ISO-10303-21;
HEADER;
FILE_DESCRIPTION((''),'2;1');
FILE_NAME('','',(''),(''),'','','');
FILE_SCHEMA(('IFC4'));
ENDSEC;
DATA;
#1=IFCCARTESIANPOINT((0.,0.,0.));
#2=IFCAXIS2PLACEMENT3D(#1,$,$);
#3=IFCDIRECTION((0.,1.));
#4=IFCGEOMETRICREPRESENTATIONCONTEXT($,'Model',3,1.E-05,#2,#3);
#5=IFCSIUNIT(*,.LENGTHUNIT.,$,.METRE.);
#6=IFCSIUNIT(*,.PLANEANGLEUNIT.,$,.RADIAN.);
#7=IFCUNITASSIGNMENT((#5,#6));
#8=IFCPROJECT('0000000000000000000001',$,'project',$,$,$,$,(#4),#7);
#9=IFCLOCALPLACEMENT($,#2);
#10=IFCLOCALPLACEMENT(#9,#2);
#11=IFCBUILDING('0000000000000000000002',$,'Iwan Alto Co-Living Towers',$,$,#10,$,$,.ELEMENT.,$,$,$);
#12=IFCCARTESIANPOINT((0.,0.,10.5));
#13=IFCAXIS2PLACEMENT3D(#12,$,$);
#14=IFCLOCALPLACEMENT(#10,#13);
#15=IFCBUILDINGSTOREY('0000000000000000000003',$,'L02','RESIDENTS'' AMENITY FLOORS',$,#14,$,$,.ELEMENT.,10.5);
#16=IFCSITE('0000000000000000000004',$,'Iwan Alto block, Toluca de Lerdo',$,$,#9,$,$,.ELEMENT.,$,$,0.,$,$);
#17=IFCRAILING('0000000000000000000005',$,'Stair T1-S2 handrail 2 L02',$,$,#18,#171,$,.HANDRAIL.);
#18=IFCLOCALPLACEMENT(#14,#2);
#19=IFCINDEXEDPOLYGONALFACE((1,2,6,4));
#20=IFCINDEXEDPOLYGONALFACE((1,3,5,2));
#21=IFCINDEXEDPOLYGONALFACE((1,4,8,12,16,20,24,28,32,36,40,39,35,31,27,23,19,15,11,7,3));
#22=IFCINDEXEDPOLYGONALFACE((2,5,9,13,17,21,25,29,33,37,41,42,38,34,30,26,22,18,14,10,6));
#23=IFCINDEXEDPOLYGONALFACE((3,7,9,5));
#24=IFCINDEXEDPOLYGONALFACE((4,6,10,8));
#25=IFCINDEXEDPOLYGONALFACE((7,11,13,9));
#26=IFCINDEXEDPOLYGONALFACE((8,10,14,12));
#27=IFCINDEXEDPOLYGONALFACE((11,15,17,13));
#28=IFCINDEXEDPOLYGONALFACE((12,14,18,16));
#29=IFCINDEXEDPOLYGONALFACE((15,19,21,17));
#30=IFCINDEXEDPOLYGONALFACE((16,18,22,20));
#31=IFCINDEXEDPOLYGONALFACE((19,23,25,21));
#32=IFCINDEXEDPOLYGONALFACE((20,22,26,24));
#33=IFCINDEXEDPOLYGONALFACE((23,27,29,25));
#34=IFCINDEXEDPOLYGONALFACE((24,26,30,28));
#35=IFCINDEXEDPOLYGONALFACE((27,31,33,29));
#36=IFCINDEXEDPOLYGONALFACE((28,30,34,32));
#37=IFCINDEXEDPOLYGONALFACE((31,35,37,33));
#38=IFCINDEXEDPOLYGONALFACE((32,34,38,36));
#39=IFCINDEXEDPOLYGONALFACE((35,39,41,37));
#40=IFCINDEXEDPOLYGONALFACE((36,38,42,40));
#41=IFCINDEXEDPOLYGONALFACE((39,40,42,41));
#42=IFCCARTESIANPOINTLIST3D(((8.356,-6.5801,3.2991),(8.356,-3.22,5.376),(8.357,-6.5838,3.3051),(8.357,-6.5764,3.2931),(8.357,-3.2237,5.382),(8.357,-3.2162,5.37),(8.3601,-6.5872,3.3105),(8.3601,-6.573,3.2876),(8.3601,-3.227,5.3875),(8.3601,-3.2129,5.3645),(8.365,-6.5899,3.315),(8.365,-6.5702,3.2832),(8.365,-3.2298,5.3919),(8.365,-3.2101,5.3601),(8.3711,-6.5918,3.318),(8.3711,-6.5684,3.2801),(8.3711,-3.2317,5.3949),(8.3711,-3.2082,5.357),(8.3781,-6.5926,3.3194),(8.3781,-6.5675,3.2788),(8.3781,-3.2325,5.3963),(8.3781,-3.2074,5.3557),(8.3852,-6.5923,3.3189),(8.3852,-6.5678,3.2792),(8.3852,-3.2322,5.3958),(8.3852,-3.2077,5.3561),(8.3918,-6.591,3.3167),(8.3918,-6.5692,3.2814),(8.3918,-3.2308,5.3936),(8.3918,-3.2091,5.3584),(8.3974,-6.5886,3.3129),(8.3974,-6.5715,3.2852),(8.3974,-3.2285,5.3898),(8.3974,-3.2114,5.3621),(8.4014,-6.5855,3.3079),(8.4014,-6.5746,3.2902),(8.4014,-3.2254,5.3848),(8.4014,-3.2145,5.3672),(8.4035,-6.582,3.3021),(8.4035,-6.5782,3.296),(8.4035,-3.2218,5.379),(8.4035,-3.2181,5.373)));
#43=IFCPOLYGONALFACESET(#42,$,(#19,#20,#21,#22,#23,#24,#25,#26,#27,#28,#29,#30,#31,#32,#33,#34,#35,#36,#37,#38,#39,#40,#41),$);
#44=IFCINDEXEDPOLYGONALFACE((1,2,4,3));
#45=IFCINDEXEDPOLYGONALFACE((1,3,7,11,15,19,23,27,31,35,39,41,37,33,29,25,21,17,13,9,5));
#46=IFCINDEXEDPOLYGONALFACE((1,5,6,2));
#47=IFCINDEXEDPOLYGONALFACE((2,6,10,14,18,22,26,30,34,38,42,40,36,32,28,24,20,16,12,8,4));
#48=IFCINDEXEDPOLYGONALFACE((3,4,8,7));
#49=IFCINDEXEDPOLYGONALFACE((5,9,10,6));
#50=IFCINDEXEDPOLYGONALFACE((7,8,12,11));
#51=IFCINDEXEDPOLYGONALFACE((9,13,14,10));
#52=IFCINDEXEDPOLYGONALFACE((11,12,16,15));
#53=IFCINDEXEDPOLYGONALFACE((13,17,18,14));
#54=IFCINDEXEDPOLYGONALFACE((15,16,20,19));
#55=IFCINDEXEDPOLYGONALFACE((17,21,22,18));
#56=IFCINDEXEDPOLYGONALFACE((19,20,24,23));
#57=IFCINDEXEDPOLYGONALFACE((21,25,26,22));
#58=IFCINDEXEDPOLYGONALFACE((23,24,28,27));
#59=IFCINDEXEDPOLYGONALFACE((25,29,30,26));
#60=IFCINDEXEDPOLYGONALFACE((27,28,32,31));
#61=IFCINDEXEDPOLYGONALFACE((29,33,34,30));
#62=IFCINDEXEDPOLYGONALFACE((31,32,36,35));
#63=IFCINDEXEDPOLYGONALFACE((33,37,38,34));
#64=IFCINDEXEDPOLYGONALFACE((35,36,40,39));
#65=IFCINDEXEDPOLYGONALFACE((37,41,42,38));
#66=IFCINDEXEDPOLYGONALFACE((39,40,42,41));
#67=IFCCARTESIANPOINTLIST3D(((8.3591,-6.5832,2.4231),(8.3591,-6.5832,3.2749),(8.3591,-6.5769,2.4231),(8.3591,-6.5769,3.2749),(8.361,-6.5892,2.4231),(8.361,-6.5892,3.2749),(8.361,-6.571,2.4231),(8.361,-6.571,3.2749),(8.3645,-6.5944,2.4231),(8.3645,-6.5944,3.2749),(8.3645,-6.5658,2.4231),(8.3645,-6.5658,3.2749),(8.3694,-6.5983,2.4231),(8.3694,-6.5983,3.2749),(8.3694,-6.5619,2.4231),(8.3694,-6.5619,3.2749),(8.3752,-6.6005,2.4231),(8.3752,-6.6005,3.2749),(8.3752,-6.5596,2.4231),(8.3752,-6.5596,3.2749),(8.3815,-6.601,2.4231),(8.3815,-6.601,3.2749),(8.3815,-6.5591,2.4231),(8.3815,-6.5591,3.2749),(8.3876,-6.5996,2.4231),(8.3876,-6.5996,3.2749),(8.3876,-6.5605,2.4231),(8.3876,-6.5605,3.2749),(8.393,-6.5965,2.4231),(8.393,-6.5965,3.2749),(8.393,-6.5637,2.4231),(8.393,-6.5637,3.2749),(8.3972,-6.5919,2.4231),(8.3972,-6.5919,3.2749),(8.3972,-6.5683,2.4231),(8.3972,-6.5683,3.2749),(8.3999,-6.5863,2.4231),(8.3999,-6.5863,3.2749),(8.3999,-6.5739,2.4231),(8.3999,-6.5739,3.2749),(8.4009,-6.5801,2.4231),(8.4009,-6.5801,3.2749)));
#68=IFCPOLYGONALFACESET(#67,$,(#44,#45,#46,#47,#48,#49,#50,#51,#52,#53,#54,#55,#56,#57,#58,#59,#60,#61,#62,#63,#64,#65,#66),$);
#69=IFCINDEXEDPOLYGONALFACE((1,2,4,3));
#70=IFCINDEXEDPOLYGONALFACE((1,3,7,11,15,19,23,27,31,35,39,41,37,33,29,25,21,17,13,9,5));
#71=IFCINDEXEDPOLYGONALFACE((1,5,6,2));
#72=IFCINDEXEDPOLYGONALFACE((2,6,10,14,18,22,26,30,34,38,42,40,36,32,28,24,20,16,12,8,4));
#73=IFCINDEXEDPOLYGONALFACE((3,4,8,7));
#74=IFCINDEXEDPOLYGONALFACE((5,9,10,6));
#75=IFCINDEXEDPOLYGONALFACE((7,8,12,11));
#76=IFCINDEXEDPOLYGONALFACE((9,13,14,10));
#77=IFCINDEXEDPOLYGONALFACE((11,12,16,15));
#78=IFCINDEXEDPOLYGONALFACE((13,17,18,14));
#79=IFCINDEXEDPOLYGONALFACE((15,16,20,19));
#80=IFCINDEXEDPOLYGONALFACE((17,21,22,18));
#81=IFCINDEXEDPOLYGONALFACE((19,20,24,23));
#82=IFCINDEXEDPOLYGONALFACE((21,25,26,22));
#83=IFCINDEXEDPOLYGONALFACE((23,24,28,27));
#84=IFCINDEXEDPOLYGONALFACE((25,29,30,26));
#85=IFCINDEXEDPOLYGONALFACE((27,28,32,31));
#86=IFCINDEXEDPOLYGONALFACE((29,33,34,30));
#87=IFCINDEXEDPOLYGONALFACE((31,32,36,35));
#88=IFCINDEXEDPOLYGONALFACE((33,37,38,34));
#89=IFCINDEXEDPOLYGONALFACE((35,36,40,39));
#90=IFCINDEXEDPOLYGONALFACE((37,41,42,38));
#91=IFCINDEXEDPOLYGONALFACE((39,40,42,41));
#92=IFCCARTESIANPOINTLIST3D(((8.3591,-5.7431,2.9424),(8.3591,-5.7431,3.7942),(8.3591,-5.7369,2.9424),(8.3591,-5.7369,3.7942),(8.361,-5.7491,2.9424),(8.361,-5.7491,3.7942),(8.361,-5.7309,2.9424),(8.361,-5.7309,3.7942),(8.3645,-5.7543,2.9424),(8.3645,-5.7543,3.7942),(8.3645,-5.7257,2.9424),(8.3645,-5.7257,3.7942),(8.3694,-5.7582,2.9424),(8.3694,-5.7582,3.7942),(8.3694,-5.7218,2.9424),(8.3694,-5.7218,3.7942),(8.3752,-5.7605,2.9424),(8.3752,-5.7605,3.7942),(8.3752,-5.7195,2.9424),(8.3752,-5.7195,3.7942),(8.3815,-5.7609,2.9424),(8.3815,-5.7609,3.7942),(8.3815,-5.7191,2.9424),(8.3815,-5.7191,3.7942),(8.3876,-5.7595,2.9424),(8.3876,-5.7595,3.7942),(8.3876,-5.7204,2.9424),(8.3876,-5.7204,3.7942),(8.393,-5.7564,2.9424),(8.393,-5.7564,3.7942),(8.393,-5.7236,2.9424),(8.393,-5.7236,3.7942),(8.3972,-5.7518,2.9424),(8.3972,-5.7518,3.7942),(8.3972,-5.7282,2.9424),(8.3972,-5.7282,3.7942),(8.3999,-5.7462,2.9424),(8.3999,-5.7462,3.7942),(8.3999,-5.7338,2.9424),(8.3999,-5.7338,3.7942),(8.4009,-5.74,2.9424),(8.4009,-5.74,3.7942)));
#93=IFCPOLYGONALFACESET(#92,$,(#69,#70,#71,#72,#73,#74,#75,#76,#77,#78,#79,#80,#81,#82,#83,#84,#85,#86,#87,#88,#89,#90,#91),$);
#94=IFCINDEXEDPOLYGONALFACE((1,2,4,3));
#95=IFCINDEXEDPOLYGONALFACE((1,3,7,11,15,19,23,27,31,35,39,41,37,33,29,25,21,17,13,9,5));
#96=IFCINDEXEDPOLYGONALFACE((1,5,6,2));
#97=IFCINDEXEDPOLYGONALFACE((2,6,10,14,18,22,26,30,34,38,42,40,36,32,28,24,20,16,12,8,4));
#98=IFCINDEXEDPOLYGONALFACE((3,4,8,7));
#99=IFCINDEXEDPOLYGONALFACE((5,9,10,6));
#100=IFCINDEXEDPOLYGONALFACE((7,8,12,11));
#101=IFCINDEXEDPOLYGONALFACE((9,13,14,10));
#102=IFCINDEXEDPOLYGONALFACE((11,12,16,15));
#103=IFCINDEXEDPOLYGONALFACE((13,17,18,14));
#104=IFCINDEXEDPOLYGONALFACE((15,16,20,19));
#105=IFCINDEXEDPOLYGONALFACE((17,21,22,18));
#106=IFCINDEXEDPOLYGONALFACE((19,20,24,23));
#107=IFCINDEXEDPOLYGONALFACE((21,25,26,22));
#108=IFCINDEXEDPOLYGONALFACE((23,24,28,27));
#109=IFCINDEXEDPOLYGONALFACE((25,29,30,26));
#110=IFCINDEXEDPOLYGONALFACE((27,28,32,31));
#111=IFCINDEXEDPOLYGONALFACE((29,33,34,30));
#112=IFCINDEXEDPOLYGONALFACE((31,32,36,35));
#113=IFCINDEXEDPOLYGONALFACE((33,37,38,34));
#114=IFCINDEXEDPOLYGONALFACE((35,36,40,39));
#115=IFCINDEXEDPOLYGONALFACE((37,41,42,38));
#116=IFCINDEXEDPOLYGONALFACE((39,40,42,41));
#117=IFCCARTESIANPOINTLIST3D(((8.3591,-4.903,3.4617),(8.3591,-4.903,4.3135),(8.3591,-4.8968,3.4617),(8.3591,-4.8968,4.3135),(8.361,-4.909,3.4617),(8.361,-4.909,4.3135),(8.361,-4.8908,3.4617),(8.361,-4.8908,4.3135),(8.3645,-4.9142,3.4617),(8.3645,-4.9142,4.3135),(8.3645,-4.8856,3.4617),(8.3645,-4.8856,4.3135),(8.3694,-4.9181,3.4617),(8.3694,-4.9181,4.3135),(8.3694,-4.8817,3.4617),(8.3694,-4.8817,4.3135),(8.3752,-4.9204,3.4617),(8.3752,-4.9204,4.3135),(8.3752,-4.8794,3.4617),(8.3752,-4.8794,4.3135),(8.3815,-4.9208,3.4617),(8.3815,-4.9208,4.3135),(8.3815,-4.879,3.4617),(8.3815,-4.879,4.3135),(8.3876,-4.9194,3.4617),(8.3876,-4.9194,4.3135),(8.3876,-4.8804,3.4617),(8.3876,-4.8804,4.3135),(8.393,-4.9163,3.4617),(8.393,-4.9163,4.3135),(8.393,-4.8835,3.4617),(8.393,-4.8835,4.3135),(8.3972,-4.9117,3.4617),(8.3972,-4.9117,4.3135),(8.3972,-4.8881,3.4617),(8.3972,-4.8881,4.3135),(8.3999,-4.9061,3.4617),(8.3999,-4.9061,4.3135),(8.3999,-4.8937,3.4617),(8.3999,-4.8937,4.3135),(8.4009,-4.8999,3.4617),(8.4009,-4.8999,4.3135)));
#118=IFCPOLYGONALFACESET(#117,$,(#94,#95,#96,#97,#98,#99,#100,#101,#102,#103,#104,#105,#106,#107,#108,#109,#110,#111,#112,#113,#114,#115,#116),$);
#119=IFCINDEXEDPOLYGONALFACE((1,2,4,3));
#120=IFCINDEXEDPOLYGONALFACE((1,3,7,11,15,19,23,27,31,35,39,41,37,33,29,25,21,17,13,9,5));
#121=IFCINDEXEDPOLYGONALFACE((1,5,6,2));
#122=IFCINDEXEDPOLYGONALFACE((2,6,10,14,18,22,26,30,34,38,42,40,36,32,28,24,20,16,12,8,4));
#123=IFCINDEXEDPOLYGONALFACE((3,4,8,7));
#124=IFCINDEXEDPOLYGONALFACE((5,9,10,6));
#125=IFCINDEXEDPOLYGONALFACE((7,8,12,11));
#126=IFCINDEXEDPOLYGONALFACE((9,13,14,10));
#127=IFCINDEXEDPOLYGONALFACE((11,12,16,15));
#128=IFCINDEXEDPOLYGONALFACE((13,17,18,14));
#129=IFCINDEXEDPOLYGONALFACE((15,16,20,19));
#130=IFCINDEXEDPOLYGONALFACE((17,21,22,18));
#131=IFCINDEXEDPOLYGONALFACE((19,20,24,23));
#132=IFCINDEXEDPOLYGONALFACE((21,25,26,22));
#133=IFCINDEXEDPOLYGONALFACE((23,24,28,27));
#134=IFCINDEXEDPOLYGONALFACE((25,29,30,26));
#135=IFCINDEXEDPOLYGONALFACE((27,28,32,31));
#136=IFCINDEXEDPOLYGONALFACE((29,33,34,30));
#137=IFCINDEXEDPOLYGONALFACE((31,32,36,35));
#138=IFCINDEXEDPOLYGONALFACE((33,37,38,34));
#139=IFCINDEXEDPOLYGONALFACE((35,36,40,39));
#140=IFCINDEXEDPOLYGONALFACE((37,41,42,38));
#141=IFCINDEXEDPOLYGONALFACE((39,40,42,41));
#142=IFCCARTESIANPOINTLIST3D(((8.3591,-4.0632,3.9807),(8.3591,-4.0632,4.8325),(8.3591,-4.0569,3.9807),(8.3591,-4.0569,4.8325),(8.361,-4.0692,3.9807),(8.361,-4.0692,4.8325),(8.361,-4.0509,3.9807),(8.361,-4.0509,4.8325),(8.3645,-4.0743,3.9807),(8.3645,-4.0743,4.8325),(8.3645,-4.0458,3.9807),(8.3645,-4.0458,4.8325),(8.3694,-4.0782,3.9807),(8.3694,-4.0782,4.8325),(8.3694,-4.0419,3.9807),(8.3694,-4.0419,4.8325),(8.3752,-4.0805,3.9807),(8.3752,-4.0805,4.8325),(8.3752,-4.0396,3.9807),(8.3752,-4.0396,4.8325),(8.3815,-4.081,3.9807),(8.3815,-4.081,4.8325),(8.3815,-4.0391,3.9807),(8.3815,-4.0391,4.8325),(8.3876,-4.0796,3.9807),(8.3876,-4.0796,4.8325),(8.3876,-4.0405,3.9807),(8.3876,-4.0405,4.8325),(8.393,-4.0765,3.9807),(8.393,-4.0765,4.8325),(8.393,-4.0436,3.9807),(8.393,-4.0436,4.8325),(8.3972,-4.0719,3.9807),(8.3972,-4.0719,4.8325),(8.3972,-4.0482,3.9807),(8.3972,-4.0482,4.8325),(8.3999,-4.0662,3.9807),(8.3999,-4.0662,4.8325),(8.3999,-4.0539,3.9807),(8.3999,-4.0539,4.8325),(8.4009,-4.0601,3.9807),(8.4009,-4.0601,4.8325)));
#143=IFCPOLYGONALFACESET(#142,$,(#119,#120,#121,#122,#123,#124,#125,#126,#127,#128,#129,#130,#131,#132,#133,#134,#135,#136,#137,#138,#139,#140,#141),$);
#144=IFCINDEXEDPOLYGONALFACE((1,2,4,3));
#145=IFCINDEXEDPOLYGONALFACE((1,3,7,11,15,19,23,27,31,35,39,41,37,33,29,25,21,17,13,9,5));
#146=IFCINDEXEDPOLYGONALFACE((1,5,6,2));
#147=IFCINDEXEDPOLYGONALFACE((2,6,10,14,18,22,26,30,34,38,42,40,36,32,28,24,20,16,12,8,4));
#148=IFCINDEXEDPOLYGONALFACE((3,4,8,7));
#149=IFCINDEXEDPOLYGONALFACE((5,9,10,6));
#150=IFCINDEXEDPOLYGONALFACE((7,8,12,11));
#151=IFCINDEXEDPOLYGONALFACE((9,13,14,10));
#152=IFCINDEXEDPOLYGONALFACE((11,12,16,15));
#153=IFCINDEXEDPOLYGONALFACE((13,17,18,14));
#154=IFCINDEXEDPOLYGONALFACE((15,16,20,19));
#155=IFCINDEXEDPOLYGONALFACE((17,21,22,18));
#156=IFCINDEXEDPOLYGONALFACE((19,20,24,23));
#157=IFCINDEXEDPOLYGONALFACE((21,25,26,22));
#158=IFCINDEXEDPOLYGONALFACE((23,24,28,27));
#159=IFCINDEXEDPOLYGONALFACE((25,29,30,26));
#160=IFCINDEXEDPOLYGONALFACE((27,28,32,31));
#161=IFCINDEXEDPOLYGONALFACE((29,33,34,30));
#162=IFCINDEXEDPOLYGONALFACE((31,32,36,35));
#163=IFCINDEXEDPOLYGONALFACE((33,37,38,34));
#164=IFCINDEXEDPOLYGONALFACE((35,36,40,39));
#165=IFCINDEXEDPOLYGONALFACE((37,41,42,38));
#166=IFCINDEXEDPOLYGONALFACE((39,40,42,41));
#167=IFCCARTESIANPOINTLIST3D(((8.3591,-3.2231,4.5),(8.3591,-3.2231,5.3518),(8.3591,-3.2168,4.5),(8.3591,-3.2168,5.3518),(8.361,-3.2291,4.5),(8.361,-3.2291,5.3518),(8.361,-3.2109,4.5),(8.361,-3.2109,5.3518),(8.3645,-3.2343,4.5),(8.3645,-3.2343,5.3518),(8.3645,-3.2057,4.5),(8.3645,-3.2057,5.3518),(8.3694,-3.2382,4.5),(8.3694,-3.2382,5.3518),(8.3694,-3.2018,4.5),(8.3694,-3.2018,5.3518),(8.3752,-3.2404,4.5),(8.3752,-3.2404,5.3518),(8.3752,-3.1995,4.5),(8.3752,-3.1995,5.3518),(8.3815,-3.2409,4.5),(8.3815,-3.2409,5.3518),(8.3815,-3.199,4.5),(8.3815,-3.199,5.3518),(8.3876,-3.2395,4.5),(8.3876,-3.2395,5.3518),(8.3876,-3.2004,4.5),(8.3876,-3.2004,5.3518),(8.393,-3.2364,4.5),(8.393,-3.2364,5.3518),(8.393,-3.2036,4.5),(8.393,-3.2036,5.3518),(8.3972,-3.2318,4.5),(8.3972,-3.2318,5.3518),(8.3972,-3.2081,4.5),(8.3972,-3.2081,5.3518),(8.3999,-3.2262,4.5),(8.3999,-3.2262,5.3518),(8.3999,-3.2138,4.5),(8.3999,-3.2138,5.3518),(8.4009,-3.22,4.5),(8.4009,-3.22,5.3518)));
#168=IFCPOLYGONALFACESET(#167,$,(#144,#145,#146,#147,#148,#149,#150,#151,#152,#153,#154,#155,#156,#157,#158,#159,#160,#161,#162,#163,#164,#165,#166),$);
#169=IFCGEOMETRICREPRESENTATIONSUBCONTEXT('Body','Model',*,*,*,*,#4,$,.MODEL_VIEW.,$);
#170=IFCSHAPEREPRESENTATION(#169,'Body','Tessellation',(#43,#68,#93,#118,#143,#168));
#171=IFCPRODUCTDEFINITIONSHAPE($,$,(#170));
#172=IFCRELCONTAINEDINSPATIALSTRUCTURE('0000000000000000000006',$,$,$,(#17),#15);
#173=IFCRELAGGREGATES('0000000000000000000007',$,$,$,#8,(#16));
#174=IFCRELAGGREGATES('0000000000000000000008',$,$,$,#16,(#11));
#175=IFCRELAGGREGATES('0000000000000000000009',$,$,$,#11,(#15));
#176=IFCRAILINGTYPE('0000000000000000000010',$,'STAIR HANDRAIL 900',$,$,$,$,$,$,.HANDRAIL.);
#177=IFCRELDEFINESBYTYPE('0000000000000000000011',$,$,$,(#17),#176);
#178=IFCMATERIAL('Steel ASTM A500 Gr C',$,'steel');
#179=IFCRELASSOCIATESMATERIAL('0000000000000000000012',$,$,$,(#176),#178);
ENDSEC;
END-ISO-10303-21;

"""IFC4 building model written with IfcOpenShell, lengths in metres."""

from ifc_helpers import new_model, si_unit, direction, frame, origin, origin_2d, place, context, subcontext, project, spatial, circle, extrude, material, type_object, element, save


model = new_model("IFC4")

# Units and contexts
model_context = context("Model", 3, precision=1e-05, world=origin(), true_north=direction((0.0, 1.0)))
body_context = subcontext(model_context, "Body", "Model", "MODEL_VIEW")
ifc_project = project(units=[si_unit("LENGTHUNIT", "METRE"), si_unit("PLANEANGLEUNIT", "RADIAN")], contexts=[model_context])

# Site, building, storey
site_placement = place(None, origin())
site = spatial("IfcSite", under=ifc_project, at=site_placement, Name="Iwan Alto block, Toluca de Lerdo", CompositionType="ELEMENT", RefElevation=0.0)
building_placement = place(site_placement, origin())
building = spatial("IfcBuilding", under=site, at=building_placement, Name="Iwan Alto Co-Living Towers", CompositionType="ELEMENT")
storey_placement = place(building_placement, frame((0.0, 0.0, 10.5)))
storey = spatial("IfcBuildingStorey", under=building, at=storey_placement, Name="L02", Description="RESIDENTS' AMENITY FLOORS", CompositionType="ELEMENT", Elevation=10.5)

# Railing
ifc_material_1 = material(Name="Steel ASTM A500 Gr C", Category="steel")
railing_type_1 = type_object("IfcRailingType", Name="STAIR HANDRAIL 900", PredefinedType="HANDRAIL", material=ifc_material_1)
railing_1_placement = place(storey_placement, frame((8.3799, -6.5801, 2.4231)))
element("IfcRailing", 1, at=railing_1_placement, inside=storey, type_object=railing_type_1, Name="Stair T1-S2 handrail 2 L02", PredefinedType="HANDRAIL", context=body_context, shape_type="SweptSolid", body=[
    extrude(circle(Radius=0.0239, at=origin_2d()), frame((0.0, 0.0, 0.876), z_axis=(0.0, 0.850623, 0.525776), x_axis=(-1.0, 0.0, 0.0)), (0.0, 0.0, 1.0), 3.9502),
    extrude(circle(Radius=0.021, at=origin_2d()), origin(), (0.0, 0.0, 1.0), 0.8518),
    extrude(circle(Radius=0.021, at=origin_2d()), frame((0.0, 0.8401, 0.5193)), (0.0, 0.0, 1.0), 0.8518),
    extrude(circle(Radius=0.021, at=origin_2d()), frame((0.0, 1.6802, 1.0386)), (0.0, 0.0, 1.0), 0.8518),
    extrude(circle(Radius=0.021, at=origin_2d()), frame((0.0, 2.52, 1.5576)), (0.0, 0.0, 1.0), 0.8518),
    extrude(circle(Radius=0.021, at=origin_2d()), frame((0.0, 3.3601, 2.0769)), (0.0, 0.0, 1.0), 0.8518),
])

save(model, "model.ifc")
